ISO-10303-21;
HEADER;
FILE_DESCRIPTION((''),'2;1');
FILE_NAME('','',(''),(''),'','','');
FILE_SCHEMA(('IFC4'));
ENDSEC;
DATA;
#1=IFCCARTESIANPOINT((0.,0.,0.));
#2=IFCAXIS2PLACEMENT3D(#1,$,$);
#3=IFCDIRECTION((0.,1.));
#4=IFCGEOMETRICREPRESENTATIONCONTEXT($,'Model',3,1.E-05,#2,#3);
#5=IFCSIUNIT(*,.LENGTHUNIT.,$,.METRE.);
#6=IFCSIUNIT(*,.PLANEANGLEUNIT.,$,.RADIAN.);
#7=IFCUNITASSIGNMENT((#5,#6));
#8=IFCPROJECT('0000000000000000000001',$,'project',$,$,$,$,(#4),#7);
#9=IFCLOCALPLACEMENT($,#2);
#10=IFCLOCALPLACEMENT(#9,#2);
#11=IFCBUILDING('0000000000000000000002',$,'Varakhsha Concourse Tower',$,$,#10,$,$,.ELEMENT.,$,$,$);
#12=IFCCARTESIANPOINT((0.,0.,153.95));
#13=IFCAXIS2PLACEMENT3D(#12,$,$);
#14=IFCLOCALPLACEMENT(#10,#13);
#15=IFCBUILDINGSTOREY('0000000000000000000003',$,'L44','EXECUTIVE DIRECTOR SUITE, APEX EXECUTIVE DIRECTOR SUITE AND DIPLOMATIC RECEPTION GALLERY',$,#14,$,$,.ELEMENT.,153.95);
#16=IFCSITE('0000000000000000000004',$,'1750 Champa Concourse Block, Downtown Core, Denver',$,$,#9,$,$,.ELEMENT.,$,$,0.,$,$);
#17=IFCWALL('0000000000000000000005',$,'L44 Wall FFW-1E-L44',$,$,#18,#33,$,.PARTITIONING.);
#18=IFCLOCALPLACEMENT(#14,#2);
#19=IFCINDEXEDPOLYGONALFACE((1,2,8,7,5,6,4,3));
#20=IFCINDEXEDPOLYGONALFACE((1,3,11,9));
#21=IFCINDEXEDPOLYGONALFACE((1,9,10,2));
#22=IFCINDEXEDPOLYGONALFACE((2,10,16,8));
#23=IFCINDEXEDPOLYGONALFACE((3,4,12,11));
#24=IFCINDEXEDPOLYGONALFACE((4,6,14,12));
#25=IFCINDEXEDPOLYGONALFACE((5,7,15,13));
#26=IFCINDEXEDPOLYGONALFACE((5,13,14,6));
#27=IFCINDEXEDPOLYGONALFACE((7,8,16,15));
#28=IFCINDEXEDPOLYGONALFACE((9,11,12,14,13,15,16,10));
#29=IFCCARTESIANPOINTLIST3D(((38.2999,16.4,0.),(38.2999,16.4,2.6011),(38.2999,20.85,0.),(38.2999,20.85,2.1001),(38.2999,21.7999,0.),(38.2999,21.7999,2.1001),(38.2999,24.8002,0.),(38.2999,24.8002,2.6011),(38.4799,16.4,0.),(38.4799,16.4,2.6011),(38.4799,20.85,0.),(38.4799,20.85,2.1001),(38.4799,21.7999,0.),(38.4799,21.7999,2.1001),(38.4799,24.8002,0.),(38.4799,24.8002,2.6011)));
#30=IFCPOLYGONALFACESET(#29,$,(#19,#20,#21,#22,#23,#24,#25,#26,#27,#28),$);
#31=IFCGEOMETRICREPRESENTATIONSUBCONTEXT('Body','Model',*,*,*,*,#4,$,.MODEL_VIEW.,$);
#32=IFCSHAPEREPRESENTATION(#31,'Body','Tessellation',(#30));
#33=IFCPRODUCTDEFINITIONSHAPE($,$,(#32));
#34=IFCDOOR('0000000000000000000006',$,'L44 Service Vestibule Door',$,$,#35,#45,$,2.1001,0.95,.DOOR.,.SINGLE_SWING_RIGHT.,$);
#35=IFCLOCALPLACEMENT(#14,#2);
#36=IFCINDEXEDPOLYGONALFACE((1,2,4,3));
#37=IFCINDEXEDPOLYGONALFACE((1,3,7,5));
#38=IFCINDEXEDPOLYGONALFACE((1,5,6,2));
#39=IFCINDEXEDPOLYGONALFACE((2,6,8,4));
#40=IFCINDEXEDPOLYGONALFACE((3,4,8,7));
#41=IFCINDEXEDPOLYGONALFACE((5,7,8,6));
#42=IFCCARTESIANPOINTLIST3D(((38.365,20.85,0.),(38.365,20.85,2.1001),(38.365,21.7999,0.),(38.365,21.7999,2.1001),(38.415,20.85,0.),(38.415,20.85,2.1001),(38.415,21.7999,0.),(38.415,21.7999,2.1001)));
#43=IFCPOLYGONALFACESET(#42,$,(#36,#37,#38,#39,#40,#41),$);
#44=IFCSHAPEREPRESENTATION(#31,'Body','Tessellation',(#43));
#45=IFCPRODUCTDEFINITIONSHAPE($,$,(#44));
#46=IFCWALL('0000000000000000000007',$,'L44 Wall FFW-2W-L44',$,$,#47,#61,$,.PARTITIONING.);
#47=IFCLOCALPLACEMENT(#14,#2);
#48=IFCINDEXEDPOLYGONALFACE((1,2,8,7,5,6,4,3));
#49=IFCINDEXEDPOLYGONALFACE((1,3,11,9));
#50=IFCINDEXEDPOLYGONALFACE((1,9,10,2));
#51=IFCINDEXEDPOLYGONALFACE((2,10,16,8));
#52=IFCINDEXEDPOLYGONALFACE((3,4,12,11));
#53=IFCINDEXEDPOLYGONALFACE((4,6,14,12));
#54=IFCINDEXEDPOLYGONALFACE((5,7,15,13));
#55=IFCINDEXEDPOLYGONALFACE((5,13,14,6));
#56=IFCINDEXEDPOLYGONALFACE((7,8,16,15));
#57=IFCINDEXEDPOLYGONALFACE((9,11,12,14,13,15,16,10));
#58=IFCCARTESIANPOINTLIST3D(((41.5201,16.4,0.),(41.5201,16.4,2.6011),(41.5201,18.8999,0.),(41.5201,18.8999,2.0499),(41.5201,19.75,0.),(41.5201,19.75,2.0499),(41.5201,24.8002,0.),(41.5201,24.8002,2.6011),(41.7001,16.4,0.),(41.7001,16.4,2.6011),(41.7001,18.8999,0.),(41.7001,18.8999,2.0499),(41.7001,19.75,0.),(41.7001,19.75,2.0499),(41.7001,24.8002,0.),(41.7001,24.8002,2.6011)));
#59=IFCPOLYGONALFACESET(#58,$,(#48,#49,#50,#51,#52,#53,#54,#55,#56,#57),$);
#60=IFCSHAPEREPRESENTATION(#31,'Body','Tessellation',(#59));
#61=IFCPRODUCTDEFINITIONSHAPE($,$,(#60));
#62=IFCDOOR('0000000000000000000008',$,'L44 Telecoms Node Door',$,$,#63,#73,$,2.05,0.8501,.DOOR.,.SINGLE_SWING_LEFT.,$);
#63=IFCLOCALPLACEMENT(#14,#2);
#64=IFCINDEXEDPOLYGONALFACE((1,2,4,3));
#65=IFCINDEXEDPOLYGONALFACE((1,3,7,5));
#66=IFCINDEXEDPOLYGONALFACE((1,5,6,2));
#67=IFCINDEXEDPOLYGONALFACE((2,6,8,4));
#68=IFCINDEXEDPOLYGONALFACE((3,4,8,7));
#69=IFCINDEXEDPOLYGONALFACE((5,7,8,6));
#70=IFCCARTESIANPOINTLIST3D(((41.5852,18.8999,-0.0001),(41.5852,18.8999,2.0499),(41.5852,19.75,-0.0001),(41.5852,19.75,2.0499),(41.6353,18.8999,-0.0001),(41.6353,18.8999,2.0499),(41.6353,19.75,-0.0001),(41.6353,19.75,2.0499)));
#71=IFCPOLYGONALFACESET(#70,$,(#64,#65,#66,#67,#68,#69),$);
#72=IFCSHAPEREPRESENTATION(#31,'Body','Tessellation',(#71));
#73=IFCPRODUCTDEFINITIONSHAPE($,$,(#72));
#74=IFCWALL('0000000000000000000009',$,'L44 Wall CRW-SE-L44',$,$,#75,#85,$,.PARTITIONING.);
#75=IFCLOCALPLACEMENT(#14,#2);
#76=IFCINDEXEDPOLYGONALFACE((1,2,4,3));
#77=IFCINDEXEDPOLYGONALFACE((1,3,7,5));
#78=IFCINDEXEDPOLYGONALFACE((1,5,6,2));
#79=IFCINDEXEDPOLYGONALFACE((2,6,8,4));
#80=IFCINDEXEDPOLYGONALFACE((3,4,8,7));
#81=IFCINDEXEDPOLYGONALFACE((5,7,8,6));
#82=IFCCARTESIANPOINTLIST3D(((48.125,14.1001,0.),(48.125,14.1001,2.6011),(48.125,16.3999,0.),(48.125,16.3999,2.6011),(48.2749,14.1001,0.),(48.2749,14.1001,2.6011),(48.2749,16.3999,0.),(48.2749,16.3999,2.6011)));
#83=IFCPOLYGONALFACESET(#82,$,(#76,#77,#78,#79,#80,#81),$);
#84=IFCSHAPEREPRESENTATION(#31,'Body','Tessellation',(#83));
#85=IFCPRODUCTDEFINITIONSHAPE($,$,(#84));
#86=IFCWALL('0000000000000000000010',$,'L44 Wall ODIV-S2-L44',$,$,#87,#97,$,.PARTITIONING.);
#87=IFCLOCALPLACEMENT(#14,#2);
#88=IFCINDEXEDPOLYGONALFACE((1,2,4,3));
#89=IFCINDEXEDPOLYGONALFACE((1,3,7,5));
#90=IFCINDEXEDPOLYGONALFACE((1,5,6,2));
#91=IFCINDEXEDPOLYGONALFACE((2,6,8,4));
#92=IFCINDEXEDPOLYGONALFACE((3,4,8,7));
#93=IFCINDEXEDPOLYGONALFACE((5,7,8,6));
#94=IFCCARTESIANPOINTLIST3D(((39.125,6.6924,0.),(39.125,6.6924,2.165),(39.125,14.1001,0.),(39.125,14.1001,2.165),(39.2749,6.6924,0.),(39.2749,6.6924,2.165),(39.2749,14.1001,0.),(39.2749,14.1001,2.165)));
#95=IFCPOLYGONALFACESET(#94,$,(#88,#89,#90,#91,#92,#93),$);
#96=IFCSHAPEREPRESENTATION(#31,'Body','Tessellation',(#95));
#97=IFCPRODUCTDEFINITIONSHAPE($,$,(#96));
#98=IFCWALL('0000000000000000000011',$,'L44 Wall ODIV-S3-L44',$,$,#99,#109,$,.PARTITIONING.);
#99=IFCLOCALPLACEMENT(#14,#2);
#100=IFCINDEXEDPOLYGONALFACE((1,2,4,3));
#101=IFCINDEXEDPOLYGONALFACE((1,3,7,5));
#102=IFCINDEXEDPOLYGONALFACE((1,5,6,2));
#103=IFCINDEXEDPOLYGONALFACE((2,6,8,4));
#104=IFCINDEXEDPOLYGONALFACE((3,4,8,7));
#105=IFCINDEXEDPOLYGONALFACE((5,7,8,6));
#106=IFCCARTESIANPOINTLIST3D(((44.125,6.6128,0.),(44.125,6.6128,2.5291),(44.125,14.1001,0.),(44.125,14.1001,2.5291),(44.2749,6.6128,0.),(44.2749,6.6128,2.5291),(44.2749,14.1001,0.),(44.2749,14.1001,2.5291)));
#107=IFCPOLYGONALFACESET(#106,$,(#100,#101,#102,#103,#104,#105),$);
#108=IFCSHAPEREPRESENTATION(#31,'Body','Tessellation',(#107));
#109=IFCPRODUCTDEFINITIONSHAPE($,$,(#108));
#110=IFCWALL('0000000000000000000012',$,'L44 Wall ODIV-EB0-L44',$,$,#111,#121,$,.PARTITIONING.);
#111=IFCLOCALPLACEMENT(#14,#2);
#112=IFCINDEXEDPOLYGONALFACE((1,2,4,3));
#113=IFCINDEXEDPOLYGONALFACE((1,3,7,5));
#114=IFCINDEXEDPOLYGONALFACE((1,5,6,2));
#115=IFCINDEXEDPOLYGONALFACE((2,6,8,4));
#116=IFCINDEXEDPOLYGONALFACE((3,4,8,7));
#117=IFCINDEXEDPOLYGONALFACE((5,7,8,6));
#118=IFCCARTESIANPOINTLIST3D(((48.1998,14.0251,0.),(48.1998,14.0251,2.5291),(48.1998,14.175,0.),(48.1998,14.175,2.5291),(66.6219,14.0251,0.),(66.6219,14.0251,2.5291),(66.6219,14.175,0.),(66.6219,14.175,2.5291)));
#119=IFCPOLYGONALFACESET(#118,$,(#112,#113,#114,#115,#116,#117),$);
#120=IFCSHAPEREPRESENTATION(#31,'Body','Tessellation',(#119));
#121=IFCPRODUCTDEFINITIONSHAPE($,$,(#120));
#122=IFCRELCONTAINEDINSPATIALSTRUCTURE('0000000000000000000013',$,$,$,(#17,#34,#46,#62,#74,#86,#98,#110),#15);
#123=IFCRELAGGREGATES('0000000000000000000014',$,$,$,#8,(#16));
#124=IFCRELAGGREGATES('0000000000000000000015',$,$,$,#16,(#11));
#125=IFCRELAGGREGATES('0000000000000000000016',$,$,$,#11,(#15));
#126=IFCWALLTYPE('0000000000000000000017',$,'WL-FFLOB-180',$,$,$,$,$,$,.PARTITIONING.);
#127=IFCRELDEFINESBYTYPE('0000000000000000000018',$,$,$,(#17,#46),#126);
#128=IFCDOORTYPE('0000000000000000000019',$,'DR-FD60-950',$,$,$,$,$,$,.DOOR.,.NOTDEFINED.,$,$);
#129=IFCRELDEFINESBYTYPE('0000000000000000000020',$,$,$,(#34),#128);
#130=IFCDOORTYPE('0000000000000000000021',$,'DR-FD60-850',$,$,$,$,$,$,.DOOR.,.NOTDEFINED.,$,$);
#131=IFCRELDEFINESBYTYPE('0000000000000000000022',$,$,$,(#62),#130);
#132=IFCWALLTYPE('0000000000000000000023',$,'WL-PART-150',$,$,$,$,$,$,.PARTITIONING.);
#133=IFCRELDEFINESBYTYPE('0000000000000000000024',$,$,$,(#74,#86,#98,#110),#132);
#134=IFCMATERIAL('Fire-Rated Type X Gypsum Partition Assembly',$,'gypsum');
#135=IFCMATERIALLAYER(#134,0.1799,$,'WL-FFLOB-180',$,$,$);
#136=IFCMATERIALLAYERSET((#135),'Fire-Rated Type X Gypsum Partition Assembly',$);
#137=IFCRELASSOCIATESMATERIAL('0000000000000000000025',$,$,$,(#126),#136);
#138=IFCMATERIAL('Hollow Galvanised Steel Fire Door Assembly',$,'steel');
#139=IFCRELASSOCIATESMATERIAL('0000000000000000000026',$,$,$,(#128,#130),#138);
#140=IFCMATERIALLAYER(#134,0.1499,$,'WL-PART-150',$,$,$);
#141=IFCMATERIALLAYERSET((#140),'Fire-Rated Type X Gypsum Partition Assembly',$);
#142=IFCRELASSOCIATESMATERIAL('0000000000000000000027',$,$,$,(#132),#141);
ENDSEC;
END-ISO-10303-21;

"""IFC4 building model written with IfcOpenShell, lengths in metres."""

from ifc_helpers import new_model, si_unit, direction, frame, frame_2d, origin, place, context, subcontext, project, spatial, rectangle, extrude, material, layer, layer_set, type_object, element, fill, save


model = new_model("IFC4")

# Units and contexts
model_context = context("Model", 3, precision=1e-05, world=origin(), true_north=direction((0.0, 1.0)))
body_context = subcontext(model_context, "Body", "Model", "MODEL_VIEW")
ifc_project = project(units=[si_unit("LENGTHUNIT", "METRE"), si_unit("PLANEANGLEUNIT", "RADIAN")], contexts=[model_context])

# Site, building, storey
site_placement = place(None, origin())
site = spatial("IfcSite", under=ifc_project, at=site_placement, Name="1750 Champa Concourse Block, Downtown Core, Denver", CompositionType="ELEMENT", RefElevation=0.0)
building_placement = place(site_placement, origin())
building = spatial("IfcBuilding", under=site, at=building_placement, Name="Varakhsha Concourse Tower", CompositionType="ELEMENT")
storey_placement = place(building_placement, frame((0.0, 0.0, 153.95)))
storey = spatial("IfcBuildingStorey", under=building, at=storey_placement, Name="L44", Description="EXECUTIVE DIRECTOR SUITE, APEX EXECUTIVE DIRECTOR SUITE AND DIPLOMATIC RECEPTION GALLERY", CompositionType="ELEMENT", Elevation=153.95)

# Walls, openings, doors
ifc_material_1 = material(Name="Fire-Rated Type X Gypsum Partition Assembly", Category="gypsum")
ifc_layer_1 = layer(ifc_material_1, 0.1799, Name="WL-FFLOB-180")
ifc_layer_set_1 = layer_set([ifc_layer_1], Name="Fire-Rated Type X Gypsum Partition Assembly")
wall_type_1 = type_object("IfcWallType", Name="WL-FFLOB-180", PredefinedType="PARTITIONING", material=ifc_layer_set_1)
wall_1_placement = place(storey_placement, frame((38.3899, 16.3999, 0.0), z_axis=(0.0, 0.0, 1.0), x_axis=(0.0, 1.0, 0.0)))
wall_1 = element("IfcWall", 1, at=wall_1_placement, inside=storey, type_object=wall_type_1, Name="L44 Wall FFW-1E-L44", PredefinedType="PARTITIONING", context=body_context, shape_type="SweptSolid", body=[
    extrude(rectangle(XDim=8.4001, YDim=0.1799, at=frame_2d((4.2002, 0.0))), origin(), (0.0, 0.0, 1.0), 2.6011),
])
opening_1_placement = place(wall_1_placement, frame((4.45, 0.0, 0.0)))
opening_1 = element("IfcOpeningElement", 2, at=opening_1_placement, cuts=wall_1, PredefinedType="OPENING", context=body_context, shape_type="SweptSolid", body=[
    extrude(rectangle(XDim=0.95, YDim=2.1001, at=frame_2d((0.4751, 1.05))), frame((0.0, 0.0999, 0.0), z_axis=(0.0, -1.0, 0.0), x_axis=(1.0, 0.0, 0.0)), (0.0, 0.0, 1.0), 0.2),
])
ifc_material_2 = material(Name="Hollow Galvanised Steel Fire Door Assembly", Category="steel")
door_type_1 = type_object("IfcDoorType", Name="DR-FD60-950", OperationType="NOTDEFINED", PredefinedType="DOOR", material=ifc_material_2)
door_1_placement = place(opening_1_placement, origin())
door_1 = element("IfcDoor", 3, at=door_1_placement, inside=storey, type_object=door_type_1, Name="L44 Service Vestibule Door", OperationType="SINGLE_SWING_RIGHT", OverallHeight=2.1001, OverallWidth=0.95, PredefinedType="DOOR", context=body_context, shape_type="SweptSolid", body=[
    extrude(rectangle(XDim=0.95, YDim=2.1001, at=frame_2d((0.4751, 1.05))), frame((0.0, 0.0249, 0.0), z_axis=(0.0, -1.0, 0.0), x_axis=(1.0, 0.0, 0.0)), (0.0, 0.0, 1.0), 0.05),
])
fill(opening_1, door_1)
wall_2_placement = place(storey_placement, frame((41.6101, 16.3999, 0.0), z_axis=(0.0, 0.0, 1.0), x_axis=(0.0, 1.0, 0.0)))
wall_2 = element("IfcWall", 4, at=wall_2_placement, inside=storey, type_object=wall_type_1, Name="L44 Wall FFW-2W-L44", PredefinedType="PARTITIONING", context=body_context, shape_type="SweptSolid", body=[
    extrude(rectangle(XDim=8.4001, YDim=0.1799, at=frame_2d((4.2002, 0.0))), origin(), (0.0, 0.0, 1.0), 2.6011),
])
opening_2_placement = place(wall_2_placement, frame((2.5, 0.0, 0.0)))
opening_2 = element("IfcOpeningElement", 5, at=opening_2_placement, cuts=wall_2, PredefinedType="OPENING", context=body_context, shape_type="SweptSolid", body=[
    extrude(rectangle(XDim=0.8501, YDim=2.05, at=frame_2d((0.425, 1.0249))), frame((0.0, 0.0999, 0.0), z_axis=(0.0, -1.0, 0.0), x_axis=(1.0, 0.0, 0.0)), (0.0, 0.0, 1.0), 0.2),
])
door_type_2 = type_object("IfcDoorType", Name="DR-FD60-850", OperationType="NOTDEFINED", PredefinedType="DOOR", material=ifc_material_2)
door_2_placement = place(opening_2_placement, origin())
door_2 = element("IfcDoor", 6, at=door_2_placement, inside=storey, type_object=door_type_2, Name="L44 Telecoms Node Door", OperationType="SINGLE_SWING_LEFT", OverallHeight=2.05, OverallWidth=0.8501, PredefinedType="DOOR", context=body_context, shape_type="SweptSolid", body=[
    extrude(rectangle(XDim=0.8501, YDim=2.05, at=frame_2d((0.425, 1.0249))), frame((0.0, 0.0249, 0.0), z_axis=(0.0, -1.0, 0.0), x_axis=(1.0, 0.0, 0.0)), (0.0, 0.0, 1.0), 0.05),
])
fill(opening_2, door_2)

# Walls
ifc_layer_2 = layer(ifc_material_1, 0.1499, Name="WL-PART-150")
ifc_layer_set_2 = layer_set([ifc_layer_2], Name="Fire-Rated Type X Gypsum Partition Assembly")
wall_type_2 = type_object("IfcWallType", Name="WL-PART-150", PredefinedType="PARTITIONING", material=ifc_layer_set_2)
wall_3_placement = place(storey_placement, frame((48.2, 14.1001, 0.0), z_axis=(0.0, 0.0, 1.0), x_axis=(0.0, 1.0, 0.0)))
element("IfcWall", 7, at=wall_3_placement, inside=storey, type_object=wall_type_2, Name="L44 Wall CRW-SE-L44", PredefinedType="PARTITIONING", context=body_context, shape_type="SweptSolid", body=[
    extrude(rectangle(XDim=2.2998, YDim=0.1499, at=frame_2d((1.1499, 0.0))), origin(), (0.0, 0.0, 1.0), 2.6011),
])
wall_4_placement = place(storey_placement, frame((39.2, 6.6924, 0.0), z_axis=(0.0, 0.0, 1.0), x_axis=(0.0, 1.0, 0.0)))
element("IfcWall", 8, at=wall_4_placement, inside=storey, type_object=wall_type_2, Name="L44 Wall ODIV-S2-L44", PredefinedType="PARTITIONING", context=body_context, shape_type="SweptSolid", body=[
    extrude(rectangle(XDim=7.4077, YDim=0.1499, at=frame_2d((3.7039, 0.0))), origin(), (0.0, 0.0, 1.0), 2.165),
])
wall_5_placement = place(storey_placement, frame((44.2, 6.6128, 0.0), z_axis=(0.0, 0.0, 1.0), x_axis=(0.0, 1.0, 0.0)))
element("IfcWall", 9, at=wall_5_placement, inside=storey, type_object=wall_type_2, Name="L44 Wall ODIV-S3-L44", PredefinedType="PARTITIONING", context=body_context, shape_type="SweptSolid", body=[
    extrude(rectangle(XDim=7.4873, YDim=0.1499, at=frame_2d((3.7437, 0.0))), origin(), (0.0, 0.0, 1.0), 2.5291),
])
wall_6_placement = place(storey_placement, frame((48.2, 14.1001, 0.0), z_axis=(0.0, 0.0, 1.0), x_axis=(1.0, 0.0, 0.0)))
element("IfcWall", 10, at=wall_6_placement, inside=storey, type_object=wall_type_2, Name="L44 Wall ODIV-EB0-L44", PredefinedType="PARTITIONING", context=body_context, shape_type="SweptSolid", body=[
    extrude(rectangle(XDim=18.4221, YDim=0.1499, at=frame_2d((9.2109, 0.0))), origin(), (0.0, 0.0, 1.0), 2.5291),
])

save(model, "model.ifc")
